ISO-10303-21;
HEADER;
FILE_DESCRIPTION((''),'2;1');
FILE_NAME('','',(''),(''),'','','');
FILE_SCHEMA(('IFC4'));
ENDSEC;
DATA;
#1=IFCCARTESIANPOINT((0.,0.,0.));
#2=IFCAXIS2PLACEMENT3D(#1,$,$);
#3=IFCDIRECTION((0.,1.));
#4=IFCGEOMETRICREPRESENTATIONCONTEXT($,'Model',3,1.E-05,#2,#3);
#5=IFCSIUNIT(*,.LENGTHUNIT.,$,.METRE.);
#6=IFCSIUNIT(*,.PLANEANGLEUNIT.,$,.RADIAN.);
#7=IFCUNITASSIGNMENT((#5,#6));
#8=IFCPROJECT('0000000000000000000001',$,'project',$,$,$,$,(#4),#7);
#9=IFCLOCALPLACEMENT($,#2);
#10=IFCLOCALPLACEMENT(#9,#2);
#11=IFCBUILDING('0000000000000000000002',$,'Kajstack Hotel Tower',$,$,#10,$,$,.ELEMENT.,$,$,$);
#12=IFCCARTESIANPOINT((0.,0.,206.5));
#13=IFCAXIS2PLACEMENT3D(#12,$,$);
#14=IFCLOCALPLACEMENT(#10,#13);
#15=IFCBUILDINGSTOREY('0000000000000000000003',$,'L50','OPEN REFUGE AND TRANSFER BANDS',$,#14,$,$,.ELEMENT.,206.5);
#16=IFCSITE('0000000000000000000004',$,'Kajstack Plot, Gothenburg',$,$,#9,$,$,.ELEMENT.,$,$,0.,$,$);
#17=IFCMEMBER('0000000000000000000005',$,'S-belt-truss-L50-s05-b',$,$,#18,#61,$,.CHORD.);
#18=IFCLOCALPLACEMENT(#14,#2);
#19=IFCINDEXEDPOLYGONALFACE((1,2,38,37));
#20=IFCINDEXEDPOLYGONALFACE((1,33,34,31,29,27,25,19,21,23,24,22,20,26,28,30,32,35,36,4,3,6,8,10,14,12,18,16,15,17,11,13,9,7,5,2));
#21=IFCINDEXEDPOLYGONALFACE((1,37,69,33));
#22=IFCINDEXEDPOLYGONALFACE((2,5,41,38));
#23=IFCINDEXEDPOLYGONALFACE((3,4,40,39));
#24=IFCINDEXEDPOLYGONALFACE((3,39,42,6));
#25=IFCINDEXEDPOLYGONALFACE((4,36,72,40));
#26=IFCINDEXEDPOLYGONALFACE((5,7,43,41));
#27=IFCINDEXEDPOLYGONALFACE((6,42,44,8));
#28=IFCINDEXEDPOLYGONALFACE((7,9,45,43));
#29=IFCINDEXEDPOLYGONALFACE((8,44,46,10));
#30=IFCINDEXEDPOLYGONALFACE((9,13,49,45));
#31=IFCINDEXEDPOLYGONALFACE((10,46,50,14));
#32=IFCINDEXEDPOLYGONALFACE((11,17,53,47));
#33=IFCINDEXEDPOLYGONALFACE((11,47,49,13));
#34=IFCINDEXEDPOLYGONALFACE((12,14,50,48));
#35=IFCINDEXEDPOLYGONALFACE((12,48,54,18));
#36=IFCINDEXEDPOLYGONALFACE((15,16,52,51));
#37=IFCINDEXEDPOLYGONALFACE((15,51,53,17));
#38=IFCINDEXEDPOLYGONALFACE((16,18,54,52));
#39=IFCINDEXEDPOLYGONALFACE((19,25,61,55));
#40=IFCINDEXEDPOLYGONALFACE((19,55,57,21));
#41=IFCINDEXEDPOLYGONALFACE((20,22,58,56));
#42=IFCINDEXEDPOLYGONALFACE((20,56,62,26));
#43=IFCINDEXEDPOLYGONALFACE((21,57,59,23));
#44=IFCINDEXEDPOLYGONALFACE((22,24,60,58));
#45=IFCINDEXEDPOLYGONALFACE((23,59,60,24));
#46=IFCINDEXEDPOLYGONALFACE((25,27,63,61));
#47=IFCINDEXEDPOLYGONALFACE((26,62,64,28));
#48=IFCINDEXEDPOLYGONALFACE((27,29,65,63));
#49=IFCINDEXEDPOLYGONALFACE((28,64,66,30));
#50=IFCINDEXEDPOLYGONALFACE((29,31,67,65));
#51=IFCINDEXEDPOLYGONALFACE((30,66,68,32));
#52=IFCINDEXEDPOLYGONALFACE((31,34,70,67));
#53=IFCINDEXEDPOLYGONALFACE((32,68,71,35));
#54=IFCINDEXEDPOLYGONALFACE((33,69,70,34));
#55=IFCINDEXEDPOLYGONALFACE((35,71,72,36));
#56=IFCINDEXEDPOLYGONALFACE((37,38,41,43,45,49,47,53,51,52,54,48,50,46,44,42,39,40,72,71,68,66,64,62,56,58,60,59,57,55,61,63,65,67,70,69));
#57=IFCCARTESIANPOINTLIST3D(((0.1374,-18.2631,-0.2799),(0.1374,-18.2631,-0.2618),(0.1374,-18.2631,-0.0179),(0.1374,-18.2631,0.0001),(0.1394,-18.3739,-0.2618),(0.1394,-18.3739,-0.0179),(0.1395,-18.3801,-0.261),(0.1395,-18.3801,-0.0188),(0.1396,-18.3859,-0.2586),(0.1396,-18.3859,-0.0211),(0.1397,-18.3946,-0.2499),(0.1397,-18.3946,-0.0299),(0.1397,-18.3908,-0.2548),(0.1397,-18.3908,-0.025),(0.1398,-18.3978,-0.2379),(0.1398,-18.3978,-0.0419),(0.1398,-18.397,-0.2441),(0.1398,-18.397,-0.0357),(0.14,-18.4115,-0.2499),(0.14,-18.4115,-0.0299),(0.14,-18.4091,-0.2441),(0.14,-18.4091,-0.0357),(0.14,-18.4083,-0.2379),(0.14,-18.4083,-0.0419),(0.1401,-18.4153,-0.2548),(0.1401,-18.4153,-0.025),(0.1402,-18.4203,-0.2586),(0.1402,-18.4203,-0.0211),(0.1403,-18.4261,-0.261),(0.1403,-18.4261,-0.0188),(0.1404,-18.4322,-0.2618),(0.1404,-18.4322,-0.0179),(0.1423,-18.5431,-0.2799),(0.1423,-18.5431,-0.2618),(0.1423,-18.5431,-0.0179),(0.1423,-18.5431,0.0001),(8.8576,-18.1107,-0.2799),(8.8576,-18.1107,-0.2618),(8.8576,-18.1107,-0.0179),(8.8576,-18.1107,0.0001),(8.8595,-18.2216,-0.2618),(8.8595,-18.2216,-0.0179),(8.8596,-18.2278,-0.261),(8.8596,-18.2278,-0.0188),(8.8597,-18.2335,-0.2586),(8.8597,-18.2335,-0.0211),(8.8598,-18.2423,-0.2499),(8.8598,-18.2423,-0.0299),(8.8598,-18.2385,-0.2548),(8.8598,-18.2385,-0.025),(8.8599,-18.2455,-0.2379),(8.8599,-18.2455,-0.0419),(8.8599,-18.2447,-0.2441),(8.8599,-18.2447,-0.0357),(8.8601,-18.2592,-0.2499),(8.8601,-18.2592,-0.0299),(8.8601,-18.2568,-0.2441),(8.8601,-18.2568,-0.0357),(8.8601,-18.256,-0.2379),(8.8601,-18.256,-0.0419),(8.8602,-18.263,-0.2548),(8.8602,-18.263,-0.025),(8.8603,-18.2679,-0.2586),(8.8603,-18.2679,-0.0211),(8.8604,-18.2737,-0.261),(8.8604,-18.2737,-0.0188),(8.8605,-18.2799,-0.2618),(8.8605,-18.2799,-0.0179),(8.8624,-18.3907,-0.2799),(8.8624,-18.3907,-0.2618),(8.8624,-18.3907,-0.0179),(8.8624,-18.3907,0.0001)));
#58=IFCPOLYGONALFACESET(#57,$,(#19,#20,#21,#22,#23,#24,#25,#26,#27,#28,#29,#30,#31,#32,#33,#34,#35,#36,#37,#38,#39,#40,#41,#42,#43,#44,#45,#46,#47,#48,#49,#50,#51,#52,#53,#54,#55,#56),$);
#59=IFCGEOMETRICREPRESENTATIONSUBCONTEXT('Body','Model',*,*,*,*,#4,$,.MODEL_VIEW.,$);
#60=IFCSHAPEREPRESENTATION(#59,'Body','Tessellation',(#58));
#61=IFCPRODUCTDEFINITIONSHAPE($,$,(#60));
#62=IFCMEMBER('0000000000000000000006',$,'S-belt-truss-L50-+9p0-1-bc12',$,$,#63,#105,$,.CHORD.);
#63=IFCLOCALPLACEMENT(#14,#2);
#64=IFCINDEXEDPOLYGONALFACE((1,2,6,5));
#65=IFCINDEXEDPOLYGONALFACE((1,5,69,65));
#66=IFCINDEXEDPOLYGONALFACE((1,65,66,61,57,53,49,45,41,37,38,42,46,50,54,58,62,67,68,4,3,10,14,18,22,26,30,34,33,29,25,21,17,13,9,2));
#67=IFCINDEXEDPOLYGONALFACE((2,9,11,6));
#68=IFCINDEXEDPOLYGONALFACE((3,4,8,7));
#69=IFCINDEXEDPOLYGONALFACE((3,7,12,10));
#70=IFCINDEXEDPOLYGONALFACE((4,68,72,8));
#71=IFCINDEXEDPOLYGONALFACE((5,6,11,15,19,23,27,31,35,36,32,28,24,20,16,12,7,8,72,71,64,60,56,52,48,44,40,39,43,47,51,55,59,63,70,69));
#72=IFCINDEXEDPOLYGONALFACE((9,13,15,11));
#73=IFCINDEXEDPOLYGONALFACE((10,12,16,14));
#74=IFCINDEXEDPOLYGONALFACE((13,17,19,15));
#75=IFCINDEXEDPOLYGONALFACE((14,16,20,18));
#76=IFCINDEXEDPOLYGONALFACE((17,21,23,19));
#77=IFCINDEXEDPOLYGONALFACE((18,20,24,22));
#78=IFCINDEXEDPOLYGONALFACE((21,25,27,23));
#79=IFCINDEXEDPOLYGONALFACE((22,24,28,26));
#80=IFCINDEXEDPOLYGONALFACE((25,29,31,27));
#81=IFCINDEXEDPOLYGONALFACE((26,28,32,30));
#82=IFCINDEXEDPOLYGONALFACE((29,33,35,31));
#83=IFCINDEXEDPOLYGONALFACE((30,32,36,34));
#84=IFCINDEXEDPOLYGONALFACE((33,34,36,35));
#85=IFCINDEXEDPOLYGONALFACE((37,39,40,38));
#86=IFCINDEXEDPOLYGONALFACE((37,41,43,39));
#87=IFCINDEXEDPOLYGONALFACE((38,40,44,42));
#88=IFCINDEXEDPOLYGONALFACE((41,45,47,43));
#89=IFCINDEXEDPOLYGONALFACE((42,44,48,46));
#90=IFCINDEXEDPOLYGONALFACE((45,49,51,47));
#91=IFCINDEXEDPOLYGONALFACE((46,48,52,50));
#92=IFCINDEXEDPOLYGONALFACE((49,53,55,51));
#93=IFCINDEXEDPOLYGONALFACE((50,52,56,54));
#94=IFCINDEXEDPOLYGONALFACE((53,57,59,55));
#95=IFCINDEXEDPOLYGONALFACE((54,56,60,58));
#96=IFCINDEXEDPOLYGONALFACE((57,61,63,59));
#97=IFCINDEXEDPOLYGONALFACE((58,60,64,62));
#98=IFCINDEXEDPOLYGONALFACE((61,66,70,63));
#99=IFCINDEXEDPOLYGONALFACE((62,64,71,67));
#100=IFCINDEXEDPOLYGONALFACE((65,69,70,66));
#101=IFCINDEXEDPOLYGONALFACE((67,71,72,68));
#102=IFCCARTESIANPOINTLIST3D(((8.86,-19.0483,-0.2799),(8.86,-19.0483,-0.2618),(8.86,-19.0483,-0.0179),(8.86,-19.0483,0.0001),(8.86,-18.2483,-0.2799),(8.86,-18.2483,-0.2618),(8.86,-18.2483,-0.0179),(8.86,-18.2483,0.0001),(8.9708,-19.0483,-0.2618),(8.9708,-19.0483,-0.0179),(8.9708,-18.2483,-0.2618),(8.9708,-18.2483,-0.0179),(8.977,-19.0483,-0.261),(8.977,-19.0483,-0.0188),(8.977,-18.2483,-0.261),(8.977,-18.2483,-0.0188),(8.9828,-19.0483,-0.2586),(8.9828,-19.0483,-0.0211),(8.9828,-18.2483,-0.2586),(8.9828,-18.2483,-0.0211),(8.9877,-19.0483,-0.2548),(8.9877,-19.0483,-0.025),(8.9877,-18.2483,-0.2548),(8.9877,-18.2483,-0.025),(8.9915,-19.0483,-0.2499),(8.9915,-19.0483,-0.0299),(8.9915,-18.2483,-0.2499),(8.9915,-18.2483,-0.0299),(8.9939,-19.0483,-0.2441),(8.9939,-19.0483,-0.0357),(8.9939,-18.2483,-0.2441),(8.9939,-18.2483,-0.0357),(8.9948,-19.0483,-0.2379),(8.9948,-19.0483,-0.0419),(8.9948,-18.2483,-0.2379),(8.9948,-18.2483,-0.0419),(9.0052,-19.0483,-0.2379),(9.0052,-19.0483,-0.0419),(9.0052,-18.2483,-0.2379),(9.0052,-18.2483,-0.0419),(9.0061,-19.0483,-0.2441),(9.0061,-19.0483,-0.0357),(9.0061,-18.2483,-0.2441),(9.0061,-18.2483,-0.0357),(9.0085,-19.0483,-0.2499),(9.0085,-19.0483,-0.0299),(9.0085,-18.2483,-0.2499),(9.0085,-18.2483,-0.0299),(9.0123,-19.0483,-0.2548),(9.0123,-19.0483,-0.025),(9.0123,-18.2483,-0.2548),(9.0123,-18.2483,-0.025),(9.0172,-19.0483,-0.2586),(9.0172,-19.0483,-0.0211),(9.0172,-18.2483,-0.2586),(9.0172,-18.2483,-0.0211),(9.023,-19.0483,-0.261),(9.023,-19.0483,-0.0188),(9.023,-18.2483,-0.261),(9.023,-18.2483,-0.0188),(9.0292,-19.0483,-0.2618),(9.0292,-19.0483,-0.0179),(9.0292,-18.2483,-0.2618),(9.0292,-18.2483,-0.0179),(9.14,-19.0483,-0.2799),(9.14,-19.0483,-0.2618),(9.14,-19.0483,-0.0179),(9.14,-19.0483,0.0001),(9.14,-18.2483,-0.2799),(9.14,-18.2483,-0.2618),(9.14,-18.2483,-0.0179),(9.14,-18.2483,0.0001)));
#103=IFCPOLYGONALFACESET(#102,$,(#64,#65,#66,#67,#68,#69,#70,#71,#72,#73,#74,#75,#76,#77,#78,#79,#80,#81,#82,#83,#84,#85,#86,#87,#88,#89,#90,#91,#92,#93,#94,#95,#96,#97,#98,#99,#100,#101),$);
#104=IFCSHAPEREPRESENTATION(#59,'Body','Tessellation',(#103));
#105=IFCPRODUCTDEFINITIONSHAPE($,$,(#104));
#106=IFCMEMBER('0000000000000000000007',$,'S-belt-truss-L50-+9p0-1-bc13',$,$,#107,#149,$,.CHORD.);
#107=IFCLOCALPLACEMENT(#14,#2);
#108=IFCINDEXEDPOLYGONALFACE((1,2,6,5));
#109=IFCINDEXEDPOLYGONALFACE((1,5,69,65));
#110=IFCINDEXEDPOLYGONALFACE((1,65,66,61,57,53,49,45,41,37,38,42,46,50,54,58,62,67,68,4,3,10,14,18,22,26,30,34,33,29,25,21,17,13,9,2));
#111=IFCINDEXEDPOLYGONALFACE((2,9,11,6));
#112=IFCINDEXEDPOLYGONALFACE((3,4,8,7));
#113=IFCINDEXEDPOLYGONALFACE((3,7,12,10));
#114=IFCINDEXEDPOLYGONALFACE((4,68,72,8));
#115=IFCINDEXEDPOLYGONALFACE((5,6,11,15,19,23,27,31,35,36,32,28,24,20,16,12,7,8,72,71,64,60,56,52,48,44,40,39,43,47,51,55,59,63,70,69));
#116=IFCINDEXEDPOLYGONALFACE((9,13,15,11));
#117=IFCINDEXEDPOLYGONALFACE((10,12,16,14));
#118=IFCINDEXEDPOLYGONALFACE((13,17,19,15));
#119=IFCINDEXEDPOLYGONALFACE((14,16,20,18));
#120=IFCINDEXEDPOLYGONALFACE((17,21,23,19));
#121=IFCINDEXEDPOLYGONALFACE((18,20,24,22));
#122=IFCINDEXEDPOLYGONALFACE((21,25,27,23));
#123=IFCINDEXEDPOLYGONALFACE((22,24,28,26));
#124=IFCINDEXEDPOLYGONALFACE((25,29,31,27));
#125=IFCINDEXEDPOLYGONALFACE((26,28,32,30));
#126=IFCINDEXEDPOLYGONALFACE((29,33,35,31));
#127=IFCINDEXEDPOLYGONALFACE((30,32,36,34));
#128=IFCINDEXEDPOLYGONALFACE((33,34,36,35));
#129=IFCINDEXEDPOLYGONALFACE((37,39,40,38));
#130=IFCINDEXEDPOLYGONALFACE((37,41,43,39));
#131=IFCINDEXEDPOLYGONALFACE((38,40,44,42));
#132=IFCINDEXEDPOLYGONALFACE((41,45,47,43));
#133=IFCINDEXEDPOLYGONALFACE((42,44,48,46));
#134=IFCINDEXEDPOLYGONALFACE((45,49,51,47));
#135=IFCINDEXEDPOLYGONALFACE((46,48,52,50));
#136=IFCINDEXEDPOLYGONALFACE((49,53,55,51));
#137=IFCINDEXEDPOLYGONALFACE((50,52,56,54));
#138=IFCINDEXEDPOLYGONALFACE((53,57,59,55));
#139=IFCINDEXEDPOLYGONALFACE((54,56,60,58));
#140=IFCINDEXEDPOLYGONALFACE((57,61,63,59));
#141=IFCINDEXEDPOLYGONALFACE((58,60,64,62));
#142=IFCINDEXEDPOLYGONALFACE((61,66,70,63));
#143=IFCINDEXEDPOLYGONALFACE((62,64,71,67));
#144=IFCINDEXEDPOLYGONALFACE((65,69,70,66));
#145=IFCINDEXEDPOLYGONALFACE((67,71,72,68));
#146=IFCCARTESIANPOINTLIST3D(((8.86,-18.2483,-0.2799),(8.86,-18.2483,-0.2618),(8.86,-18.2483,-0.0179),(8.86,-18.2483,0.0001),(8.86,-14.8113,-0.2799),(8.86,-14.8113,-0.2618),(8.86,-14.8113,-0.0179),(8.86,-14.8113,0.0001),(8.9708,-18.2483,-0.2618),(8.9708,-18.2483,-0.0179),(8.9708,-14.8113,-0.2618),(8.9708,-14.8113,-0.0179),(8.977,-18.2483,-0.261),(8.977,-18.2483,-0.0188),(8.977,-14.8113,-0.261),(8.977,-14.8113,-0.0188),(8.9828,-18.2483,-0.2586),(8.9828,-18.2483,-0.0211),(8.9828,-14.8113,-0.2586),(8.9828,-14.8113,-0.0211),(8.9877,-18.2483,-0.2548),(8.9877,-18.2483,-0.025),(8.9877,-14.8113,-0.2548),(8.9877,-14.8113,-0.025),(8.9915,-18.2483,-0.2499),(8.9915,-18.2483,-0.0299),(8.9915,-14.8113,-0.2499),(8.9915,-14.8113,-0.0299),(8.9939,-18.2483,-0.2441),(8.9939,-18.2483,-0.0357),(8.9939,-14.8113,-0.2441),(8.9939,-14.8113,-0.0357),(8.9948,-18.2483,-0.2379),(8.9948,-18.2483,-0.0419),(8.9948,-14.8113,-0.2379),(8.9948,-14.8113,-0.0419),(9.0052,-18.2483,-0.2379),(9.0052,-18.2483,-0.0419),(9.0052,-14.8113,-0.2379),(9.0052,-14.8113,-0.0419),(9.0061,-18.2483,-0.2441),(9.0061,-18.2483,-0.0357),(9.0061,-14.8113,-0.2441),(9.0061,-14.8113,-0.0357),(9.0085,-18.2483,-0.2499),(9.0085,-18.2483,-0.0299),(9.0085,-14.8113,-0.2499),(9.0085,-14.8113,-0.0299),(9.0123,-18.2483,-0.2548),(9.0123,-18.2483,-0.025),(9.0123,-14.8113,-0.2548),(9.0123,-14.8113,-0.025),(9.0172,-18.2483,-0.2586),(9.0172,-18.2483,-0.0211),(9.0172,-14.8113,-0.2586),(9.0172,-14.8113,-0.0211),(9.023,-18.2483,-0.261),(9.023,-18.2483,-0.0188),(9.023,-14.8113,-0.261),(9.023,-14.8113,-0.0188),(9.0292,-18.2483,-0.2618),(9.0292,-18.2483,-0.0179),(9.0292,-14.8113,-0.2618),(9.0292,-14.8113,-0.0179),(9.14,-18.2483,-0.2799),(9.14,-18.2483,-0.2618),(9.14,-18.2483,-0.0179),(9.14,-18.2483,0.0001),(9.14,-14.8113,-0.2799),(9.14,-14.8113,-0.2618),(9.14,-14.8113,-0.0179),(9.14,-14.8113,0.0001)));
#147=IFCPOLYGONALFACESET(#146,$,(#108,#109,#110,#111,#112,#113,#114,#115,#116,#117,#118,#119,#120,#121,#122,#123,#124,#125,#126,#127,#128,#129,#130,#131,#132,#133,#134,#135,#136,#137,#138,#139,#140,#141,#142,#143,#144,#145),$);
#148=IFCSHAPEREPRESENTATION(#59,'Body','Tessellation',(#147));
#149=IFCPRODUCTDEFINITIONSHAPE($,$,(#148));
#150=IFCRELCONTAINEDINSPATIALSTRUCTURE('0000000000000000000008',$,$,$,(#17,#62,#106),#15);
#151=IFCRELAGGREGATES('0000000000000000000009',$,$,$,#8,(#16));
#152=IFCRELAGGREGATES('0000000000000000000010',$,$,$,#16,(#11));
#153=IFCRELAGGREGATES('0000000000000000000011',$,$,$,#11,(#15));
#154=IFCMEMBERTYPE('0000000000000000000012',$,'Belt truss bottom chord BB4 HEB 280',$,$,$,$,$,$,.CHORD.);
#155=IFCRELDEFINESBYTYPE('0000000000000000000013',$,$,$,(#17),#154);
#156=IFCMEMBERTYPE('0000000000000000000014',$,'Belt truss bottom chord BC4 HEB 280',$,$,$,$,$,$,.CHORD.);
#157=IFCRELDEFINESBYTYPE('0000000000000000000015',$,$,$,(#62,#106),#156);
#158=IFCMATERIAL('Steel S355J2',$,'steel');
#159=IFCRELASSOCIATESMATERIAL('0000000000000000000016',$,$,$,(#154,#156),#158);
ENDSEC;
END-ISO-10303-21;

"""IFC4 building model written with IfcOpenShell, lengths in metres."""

from ifc_helpers import new_model, si_unit, direction, frame, origin, origin_2d, place, context, subcontext, project, spatial, i_section, extrude, material, material_profile, profile_set, type_object, element, save


model = new_model("IFC4")

# Units and contexts
model_context = context("Model", 3, precision=1e-05, world=origin(), true_north=direction((0.0, 1.0)))
body_context = subcontext(model_context, "Body", "Model", "MODEL_VIEW")
ifc_project = project(units=[si_unit("LENGTHUNIT", "METRE"), si_unit("PLANEANGLEUNIT", "RADIAN")], contexts=[model_context])

# Site, building, storey
site_placement = place(None, origin())
site = spatial("IfcSite", under=ifc_project, at=site_placement, Name="Kajstack Plot, Gothenburg", CompositionType="ELEMENT", RefElevation=0.0)
building_placement = place(site_placement, origin())
building = spatial("IfcBuilding", under=site, at=building_placement, Name="Kajstack Hotel Tower", CompositionType="ELEMENT")
storey_placement = place(building_placement, frame((0.0, 0.0, 206.5)))
storey = spatial("IfcBuildingStorey", under=building, at=storey_placement, Name="L50", Description="OPEN REFUGE AND TRANSFER BANDS", CompositionType="ELEMENT", Elevation=206.5)

# Members
ifc_material = material(Name="Steel S355J2", Category="steel")
ifc_material_profile_1 = material_profile(ifc_material, i_section(OverallWidth=0.28, OverallDepth=0.28, WebThickness=0.0105, FlangeThickness=0.0181, FilletRadius=0.0239, at=origin_2d()), Name="HEB 280")
ifc_profile_set_1 = profile_set([ifc_material_profile_1], Name="Steel S355J2")
member_type_1 = type_object("IfcMemberType", Name="Belt truss bottom chord BB4 HEB 280", PredefinedType="CHORD", material=ifc_profile_set_1)
member_1_placement = place(storey_placement, frame((0.1399, -18.4031, -0.1399), z_axis=(0.999847, 0.017468, 0.0), x_axis=(-0.017468, 0.999847, 0.0)))
element("IfcMember", 1, at=member_1_placement, inside=storey, type_object=member_type_1, Name="S-belt-truss-L50-s05-b", PredefinedType="CHORD", context=body_context, shape_type="SweptSolid", body=[
    extrude(i_section(OverallWidth=0.28, OverallDepth=0.28, WebThickness=0.0105, FlangeThickness=0.0181, FilletRadius=0.0239, at=origin_2d()), origin(), (0.0, 0.0, 1.0), 8.7214),
])
ifc_material_profile_2 = material_profile(ifc_material, i_section(OverallWidth=0.28, OverallDepth=0.28, WebThickness=0.0105, FlangeThickness=0.0181, FilletRadius=0.0239, at=origin_2d()), Name="HEB 280")
ifc_profile_set_2 = profile_set([ifc_material_profile_2], Name="Steel S355J2")
member_type_2 = type_object("IfcMemberType", Name="Belt truss bottom chord BC4 HEB 280", PredefinedType="CHORD", material=ifc_profile_set_2)
member_2_placement = place(storey_placement, frame((9.0, -19.0483, -0.1399), z_axis=(0.0, 1.0, 0.0), x_axis=(-1.0, 0.0, 0.0)))
element("IfcMember", 2, at=member_2_placement, inside=storey, type_object=member_type_2, Name="S-belt-truss-L50-+9p0-1-bc12", PredefinedType="CHORD", context=body_context, shape_type="SweptSolid", body=[
    extrude(i_section(OverallWidth=0.28, OverallDepth=0.28, WebThickness=0.0105, FlangeThickness=0.0181, FilletRadius=0.0239, at=origin_2d()), origin(), (0.0, 0.0, 1.0), 0.8),
])
member_3_placement = place(storey_placement, frame((9.0, -18.2483, -0.1399), z_axis=(0.0, 1.0, 0.0), x_axis=(-1.0, 0.0, 0.0)))
element("IfcMember", 3, at=member_3_placement, inside=storey, type_object=member_type_2, Name="S-belt-truss-L50-+9p0-1-bc13", PredefinedType="CHORD", context=body_context, shape_type="SweptSolid", body=[
    extrude(i_section(OverallWidth=0.28, OverallDepth=0.28, WebThickness=0.0105, FlangeThickness=0.0181, FilletRadius=0.0239, at=origin_2d()), origin(), (0.0, 0.0, 1.0), 3.437),
])

save(model, "model.ifc")
